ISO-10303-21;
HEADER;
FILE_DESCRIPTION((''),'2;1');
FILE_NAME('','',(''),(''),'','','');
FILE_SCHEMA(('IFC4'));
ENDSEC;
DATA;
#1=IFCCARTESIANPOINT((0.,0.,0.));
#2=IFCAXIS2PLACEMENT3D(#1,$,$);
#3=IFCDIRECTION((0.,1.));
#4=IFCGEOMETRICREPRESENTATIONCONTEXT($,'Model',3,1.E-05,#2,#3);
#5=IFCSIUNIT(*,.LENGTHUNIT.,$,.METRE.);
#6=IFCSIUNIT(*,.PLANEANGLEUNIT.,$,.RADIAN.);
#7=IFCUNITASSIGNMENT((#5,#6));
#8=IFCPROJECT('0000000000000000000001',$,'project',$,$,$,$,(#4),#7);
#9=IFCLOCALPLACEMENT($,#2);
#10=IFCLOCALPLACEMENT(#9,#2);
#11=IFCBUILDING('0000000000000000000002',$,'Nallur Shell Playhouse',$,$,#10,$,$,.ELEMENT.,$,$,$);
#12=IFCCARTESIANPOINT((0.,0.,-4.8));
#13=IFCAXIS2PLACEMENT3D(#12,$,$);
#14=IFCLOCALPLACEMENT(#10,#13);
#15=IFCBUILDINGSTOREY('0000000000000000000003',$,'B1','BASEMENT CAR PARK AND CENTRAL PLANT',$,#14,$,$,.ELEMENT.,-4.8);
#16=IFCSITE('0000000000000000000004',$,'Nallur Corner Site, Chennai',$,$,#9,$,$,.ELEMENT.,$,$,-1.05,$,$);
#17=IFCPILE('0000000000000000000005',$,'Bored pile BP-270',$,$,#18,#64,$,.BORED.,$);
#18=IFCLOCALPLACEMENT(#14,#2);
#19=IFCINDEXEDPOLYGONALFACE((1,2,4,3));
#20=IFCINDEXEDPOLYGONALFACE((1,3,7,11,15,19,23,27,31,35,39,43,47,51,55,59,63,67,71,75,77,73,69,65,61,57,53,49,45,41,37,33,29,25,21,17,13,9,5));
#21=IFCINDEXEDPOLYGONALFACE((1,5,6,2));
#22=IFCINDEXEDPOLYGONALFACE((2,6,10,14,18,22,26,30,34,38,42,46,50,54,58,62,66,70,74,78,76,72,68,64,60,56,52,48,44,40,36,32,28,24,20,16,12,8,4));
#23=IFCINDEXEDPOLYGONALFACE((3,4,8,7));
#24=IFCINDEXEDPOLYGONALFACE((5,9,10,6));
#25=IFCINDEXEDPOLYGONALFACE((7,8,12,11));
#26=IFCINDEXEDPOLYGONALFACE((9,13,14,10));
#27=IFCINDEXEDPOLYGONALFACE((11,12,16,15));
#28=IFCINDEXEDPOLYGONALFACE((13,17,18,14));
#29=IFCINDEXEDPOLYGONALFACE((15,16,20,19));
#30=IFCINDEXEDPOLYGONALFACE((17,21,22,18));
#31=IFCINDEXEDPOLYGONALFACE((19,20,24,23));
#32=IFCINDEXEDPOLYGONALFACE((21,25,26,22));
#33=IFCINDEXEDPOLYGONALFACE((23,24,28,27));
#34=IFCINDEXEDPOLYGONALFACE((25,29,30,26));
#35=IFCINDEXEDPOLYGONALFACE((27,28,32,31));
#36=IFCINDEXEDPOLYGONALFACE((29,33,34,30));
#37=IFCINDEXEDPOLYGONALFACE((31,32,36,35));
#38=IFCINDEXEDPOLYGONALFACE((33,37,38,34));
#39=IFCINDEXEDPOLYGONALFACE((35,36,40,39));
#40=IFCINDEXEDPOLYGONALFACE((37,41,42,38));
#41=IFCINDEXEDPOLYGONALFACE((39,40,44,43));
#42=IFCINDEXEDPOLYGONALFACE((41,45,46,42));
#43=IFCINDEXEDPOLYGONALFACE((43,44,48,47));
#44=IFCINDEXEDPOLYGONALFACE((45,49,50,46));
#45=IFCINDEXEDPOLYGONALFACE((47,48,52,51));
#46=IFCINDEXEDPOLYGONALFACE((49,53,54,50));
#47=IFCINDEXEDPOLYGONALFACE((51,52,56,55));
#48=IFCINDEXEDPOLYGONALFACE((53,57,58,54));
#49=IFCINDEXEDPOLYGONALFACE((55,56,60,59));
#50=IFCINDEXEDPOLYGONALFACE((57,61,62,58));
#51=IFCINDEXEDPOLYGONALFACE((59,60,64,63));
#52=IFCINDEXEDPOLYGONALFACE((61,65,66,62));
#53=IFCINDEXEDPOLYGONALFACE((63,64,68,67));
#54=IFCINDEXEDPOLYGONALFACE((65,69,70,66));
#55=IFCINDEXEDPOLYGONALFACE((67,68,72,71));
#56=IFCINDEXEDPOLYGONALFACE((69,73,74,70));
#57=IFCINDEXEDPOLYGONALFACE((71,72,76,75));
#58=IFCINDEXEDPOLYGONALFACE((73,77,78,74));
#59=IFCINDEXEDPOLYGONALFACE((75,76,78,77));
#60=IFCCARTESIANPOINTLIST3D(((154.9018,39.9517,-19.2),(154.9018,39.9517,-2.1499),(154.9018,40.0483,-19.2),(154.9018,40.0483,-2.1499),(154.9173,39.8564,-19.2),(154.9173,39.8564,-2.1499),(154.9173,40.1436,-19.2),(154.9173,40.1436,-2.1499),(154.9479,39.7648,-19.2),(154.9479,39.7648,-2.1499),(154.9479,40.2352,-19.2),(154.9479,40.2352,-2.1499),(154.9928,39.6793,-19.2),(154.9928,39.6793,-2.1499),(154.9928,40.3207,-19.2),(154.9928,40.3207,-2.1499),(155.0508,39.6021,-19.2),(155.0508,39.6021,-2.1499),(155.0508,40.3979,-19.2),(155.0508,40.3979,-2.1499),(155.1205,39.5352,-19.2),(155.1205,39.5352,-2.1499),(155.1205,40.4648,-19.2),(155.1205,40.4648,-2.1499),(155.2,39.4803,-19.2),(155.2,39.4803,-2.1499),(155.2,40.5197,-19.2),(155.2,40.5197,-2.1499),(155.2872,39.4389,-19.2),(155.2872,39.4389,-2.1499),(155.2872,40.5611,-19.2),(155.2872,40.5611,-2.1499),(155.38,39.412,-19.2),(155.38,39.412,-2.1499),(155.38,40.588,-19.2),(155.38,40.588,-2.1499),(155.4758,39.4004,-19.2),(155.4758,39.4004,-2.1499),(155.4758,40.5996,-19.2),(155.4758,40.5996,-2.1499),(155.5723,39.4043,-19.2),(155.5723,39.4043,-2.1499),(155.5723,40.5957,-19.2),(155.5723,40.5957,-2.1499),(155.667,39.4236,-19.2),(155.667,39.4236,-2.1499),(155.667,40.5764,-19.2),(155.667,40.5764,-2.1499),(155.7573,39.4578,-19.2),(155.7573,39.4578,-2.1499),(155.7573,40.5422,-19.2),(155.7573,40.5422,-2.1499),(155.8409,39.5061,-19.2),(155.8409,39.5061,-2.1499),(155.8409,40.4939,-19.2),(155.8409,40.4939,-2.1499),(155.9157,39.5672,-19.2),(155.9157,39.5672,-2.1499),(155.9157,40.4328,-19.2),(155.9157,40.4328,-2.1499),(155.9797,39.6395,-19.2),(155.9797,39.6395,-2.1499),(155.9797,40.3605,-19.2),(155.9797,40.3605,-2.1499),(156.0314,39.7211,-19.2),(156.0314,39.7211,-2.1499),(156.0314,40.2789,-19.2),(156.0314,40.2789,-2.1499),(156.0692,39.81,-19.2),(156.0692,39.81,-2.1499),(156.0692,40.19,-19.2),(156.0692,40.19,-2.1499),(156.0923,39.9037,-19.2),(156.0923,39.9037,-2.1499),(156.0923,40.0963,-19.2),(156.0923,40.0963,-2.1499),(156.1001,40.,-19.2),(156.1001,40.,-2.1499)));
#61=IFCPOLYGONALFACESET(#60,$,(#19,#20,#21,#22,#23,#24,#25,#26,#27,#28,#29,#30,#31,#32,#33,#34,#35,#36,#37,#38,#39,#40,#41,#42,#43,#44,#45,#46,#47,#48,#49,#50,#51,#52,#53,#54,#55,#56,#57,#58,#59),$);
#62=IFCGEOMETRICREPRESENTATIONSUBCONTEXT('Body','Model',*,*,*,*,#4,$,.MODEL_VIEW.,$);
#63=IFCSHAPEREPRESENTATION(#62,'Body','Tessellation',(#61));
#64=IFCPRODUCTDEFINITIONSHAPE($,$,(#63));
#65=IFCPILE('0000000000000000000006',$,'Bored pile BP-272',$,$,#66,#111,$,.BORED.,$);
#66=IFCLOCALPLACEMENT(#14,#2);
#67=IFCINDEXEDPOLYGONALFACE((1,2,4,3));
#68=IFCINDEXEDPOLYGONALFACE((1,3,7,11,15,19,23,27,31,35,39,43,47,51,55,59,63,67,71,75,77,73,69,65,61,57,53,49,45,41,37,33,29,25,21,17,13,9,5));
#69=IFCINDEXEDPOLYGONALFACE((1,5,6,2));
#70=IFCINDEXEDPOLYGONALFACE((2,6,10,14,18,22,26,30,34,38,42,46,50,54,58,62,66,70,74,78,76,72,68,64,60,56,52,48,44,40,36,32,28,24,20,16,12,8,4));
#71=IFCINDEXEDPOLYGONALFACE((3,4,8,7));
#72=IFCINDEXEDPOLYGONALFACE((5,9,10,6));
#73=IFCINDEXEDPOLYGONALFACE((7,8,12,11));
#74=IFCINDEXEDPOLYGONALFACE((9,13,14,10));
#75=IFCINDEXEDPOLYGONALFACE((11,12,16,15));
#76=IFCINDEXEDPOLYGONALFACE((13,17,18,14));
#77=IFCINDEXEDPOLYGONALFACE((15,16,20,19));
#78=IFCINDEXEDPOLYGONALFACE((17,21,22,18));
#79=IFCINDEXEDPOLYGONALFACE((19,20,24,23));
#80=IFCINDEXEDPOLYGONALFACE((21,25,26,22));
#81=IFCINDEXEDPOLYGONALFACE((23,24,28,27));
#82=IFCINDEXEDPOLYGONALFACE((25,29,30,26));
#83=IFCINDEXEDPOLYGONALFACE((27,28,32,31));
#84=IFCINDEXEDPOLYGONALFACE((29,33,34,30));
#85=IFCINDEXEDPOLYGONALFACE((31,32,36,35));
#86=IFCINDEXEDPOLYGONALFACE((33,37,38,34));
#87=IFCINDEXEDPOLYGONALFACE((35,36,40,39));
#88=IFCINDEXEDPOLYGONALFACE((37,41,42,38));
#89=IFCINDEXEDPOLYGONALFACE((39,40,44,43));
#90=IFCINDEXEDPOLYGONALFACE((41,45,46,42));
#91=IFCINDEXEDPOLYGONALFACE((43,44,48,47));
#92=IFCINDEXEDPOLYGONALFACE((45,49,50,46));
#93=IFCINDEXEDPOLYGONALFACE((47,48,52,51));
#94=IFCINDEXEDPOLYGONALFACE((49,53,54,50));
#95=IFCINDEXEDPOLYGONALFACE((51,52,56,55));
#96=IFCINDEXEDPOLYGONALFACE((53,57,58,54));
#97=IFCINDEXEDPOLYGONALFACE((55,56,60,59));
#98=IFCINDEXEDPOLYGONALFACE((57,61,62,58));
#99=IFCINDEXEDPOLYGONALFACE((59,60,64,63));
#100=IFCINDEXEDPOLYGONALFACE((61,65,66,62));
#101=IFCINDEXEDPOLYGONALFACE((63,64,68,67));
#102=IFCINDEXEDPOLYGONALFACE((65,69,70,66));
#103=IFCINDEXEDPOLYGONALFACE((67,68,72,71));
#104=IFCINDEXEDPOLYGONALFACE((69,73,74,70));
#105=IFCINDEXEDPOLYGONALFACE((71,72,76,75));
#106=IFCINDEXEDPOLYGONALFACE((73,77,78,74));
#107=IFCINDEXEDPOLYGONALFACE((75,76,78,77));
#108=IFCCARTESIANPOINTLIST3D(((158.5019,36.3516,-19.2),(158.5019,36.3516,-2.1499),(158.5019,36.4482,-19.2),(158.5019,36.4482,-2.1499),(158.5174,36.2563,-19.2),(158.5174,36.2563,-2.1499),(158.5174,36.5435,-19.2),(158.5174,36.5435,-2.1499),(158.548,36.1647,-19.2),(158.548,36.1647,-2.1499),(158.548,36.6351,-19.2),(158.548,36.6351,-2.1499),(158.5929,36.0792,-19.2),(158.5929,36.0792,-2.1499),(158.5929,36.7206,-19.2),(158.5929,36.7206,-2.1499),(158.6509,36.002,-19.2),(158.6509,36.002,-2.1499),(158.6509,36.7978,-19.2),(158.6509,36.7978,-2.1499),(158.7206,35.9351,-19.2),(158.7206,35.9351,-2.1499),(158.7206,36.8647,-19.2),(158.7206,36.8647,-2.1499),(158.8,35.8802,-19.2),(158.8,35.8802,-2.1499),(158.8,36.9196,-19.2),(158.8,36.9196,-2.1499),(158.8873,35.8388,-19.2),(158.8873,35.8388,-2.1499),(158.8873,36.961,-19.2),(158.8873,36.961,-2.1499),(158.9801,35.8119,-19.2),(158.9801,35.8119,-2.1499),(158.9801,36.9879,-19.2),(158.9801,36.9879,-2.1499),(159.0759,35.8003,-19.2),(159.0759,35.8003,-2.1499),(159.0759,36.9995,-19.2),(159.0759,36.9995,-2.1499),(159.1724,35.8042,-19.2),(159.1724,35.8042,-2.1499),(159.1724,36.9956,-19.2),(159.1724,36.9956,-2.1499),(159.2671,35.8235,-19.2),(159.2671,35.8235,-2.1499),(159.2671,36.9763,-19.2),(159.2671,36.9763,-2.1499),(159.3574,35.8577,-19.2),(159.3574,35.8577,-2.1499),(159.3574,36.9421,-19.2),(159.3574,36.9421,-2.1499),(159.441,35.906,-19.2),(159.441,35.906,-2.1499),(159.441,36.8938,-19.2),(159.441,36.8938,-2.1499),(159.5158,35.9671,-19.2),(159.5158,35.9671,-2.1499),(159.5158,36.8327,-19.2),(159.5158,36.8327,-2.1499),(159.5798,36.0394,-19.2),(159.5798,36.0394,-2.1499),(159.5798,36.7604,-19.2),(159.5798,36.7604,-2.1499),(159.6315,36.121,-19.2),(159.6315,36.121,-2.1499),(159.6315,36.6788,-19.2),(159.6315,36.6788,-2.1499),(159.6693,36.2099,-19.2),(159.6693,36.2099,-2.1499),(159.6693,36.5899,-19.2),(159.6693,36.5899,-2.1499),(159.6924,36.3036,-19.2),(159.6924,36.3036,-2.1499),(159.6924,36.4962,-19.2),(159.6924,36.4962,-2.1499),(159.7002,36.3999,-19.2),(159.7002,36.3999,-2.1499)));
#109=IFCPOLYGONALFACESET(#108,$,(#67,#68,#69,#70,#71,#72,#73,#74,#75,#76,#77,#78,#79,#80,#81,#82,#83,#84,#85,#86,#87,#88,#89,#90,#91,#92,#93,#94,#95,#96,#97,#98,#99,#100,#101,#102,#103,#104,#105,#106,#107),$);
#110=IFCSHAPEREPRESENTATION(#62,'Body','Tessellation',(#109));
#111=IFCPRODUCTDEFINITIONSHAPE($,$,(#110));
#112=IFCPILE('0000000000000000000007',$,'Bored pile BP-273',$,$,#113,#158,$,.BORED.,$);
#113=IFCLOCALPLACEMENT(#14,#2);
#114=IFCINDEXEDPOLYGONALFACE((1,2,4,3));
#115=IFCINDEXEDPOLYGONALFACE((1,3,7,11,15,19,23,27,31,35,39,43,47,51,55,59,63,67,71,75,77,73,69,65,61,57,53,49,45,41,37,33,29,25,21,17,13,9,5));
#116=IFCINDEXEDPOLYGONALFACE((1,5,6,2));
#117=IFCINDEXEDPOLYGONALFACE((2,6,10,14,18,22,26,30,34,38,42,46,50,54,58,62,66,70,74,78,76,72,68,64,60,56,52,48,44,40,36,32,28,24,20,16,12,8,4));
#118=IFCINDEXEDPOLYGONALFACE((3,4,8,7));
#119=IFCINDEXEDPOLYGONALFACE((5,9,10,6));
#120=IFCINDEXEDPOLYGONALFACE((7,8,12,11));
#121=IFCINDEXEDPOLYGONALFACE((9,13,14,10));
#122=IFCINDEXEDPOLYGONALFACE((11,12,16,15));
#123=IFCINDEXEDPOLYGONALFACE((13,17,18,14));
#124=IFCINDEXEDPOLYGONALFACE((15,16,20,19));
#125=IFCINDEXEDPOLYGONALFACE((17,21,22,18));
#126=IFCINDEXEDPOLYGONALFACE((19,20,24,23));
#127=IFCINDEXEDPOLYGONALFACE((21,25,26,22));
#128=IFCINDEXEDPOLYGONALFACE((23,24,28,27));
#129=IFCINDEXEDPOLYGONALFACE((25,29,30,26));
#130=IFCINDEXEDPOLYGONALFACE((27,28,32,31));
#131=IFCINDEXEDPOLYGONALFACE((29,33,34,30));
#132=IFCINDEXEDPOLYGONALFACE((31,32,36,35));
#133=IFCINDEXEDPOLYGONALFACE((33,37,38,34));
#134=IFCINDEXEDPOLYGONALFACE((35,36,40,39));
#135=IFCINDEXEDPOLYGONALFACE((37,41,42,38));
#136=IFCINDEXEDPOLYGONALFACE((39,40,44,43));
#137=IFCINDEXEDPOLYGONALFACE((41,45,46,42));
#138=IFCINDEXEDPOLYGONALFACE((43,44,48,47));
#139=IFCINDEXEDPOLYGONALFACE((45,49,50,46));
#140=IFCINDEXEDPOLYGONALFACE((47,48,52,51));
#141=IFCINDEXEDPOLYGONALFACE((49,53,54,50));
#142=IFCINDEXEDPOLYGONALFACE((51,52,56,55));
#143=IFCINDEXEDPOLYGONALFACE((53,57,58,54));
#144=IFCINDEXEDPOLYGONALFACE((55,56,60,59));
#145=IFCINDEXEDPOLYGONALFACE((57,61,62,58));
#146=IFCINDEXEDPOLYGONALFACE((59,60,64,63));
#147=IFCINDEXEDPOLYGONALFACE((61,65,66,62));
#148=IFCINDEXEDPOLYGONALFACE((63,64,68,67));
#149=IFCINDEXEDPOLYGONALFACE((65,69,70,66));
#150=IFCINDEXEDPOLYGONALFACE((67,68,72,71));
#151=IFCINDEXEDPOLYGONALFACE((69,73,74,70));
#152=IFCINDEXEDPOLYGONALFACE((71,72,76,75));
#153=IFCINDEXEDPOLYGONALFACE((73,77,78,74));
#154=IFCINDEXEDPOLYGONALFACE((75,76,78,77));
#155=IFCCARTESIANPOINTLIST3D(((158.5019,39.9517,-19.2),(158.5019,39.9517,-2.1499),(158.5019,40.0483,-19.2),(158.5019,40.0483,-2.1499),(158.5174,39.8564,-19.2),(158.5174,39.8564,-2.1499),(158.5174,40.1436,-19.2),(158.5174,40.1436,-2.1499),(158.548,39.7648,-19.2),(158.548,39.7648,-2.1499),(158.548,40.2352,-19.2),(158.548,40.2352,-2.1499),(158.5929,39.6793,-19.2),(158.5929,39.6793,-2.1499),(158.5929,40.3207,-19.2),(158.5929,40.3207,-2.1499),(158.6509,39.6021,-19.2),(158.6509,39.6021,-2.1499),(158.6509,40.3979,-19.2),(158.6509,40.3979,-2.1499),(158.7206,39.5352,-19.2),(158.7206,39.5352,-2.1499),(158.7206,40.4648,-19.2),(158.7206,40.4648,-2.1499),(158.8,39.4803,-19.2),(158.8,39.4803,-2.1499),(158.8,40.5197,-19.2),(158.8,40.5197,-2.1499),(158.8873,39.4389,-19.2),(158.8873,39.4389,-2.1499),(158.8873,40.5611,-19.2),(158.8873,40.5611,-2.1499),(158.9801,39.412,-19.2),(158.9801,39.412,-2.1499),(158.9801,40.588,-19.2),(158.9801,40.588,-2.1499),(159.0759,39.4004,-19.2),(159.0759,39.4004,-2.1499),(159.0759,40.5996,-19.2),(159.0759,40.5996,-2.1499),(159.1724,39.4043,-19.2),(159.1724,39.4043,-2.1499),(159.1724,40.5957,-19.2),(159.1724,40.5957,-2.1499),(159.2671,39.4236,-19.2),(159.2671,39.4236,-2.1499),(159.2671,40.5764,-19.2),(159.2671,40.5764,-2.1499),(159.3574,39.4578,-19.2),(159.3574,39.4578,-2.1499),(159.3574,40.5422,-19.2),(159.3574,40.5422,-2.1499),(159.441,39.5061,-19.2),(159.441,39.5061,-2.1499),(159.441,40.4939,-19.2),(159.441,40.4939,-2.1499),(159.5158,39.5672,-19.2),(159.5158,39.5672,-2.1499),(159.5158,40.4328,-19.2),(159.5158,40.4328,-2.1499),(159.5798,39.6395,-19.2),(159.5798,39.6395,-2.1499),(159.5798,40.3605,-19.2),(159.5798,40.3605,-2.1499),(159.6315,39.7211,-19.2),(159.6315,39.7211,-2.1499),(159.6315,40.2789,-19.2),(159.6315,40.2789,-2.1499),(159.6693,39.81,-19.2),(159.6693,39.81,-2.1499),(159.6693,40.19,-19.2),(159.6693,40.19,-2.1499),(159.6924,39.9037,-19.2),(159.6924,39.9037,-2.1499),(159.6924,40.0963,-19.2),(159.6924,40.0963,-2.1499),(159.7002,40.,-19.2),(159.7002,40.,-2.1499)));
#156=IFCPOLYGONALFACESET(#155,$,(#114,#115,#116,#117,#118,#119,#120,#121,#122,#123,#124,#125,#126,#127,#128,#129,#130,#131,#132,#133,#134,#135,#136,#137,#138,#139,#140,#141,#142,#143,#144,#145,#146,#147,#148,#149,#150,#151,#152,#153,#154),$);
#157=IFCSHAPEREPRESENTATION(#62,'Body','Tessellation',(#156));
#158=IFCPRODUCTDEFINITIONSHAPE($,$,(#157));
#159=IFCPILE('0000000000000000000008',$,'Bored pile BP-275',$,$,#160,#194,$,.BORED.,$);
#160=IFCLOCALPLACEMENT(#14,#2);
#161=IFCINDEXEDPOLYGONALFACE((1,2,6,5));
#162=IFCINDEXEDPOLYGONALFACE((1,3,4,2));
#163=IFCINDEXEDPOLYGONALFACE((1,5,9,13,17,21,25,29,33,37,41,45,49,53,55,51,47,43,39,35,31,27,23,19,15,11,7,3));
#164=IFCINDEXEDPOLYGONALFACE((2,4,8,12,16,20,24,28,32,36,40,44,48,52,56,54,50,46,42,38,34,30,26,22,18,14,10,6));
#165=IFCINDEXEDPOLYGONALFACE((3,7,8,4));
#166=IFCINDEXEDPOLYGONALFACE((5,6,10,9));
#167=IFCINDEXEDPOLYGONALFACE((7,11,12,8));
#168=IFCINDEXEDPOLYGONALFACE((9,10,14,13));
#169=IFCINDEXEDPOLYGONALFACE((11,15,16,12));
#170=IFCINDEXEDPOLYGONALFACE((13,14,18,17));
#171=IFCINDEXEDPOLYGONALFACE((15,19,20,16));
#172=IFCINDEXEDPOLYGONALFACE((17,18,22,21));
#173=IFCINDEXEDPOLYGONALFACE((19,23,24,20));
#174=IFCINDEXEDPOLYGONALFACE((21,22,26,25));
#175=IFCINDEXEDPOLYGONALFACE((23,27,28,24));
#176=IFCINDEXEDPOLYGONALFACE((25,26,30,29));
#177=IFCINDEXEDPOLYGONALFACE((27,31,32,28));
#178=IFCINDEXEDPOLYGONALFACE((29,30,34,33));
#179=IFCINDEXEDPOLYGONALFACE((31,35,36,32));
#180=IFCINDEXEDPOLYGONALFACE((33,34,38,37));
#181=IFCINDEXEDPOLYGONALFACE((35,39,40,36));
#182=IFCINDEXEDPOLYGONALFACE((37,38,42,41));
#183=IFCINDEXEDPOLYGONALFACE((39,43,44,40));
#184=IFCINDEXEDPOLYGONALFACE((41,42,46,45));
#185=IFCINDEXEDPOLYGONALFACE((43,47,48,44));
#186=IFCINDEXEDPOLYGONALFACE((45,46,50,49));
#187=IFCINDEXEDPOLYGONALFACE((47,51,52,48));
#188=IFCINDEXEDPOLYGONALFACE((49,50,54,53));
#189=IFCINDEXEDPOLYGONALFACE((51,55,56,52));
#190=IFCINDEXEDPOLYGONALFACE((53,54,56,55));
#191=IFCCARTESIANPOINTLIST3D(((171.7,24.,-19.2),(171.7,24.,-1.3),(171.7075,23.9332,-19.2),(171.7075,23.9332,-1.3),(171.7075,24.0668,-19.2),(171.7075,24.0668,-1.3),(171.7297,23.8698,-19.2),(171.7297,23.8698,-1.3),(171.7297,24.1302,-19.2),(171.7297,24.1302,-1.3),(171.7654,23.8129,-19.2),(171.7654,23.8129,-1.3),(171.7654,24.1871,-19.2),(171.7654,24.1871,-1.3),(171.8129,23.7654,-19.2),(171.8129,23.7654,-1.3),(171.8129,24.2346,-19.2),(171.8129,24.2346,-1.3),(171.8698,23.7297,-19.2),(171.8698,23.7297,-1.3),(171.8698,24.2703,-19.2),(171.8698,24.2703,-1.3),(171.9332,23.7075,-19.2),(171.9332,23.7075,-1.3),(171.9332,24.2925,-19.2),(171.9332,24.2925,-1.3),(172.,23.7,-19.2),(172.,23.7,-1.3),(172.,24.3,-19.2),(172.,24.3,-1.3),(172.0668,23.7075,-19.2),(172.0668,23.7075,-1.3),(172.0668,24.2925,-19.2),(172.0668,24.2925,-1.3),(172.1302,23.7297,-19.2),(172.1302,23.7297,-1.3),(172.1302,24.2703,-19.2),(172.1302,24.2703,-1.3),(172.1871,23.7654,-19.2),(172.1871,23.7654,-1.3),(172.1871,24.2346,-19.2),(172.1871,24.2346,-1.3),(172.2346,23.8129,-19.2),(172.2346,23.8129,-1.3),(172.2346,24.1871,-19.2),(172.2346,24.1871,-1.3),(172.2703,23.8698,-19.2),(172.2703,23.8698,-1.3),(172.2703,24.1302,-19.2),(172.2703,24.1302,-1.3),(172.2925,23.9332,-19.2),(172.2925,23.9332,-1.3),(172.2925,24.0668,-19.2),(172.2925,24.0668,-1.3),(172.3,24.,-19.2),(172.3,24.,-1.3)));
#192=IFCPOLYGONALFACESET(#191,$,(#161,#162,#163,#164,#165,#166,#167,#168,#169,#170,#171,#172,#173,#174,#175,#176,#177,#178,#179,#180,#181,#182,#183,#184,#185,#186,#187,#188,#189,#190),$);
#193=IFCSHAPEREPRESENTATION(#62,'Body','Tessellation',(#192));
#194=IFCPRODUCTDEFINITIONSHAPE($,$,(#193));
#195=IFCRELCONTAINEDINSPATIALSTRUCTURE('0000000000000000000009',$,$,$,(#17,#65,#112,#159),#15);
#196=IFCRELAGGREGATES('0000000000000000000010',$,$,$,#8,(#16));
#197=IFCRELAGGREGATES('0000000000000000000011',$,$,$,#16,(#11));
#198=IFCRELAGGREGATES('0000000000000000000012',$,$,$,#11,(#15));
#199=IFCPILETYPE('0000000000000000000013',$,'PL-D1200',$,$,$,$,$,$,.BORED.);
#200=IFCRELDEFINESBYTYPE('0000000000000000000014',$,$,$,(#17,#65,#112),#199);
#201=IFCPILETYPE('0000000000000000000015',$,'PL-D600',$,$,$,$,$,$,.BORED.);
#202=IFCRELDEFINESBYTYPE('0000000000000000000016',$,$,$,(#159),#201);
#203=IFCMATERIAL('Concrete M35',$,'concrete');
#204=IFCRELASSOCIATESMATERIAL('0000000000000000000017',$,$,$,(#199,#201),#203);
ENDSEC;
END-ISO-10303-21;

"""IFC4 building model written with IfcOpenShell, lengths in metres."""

from ifc_helpers import new_model, si_unit, direction, frame, origin, origin_2d, place, context, subcontext, project, spatial, circle, extrude, material, material_profile, profile_set, type_object, element, save


model = new_model("IFC4")

# Units and contexts
model_context = context("Model", 3, precision=1e-05, world=origin(), true_north=direction((0.0, 1.0)))
body_context = subcontext(model_context, "Body", "Model", "MODEL_VIEW")
ifc_project = project(units=[si_unit("LENGTHUNIT", "METRE"), si_unit("PLANEANGLEUNIT", "RADIAN")], contexts=[model_context])

# Site, building, storey
site_placement = place(None, origin())
site = spatial("IfcSite", under=ifc_project, at=site_placement, Name="Nallur Corner Site, Chennai", CompositionType="ELEMENT", RefElevation=-1.05)
building_placement = place(site_placement, origin())
building = spatial("IfcBuilding", under=site, at=building_placement, Name="Nallur Shell Playhouse", CompositionType="ELEMENT")
storey_placement = place(building_placement, frame((0.0, 0.0, -4.8)))
storey = spatial("IfcBuildingStorey", under=building, at=storey_placement, Name="B1", Description="BASEMENT CAR PARK AND CENTRAL PLANT", CompositionType="ELEMENT", Elevation=-4.8)

# Shared definitions
ifc_material_1 = material(Name="Concrete M35", Category="concrete")

# Piles
ifc_material_profile_1 = material_profile(ifc_material_1, circle(Radius=0.6001, at=origin_2d()), Name="BORED PILE D1200")
ifc_profile_set_1 = profile_set([ifc_material_profile_1], Name="Concrete M35")
pile_type_1 = type_object("IfcPileType", Name="PL-D1200", PredefinedType="BORED", material=ifc_profile_set_1)
for number, where, z_axis, x_axis, name in (
    (1, (155.5, 40.0, -2.1499), (0.0, 0.0, -1.0), (1.0, 0.0, 0.0), "Bored pile BP-270"),
    (2, (159.1001, 36.3999, -2.1499), (0.0, 0.0, -1.0), (1.0, 0.0, 0.0), "Bored pile BP-272"),
    (3, (159.1001, 40.0, -2.1499), (0.0, 0.0, -1.0), (1.0, 0.0, 0.0), "Bored pile BP-273"),
):
    element("IfcPile", number, at=place(storey_placement, frame(where, z_axis=z_axis, x_axis=x_axis)), inside=storey, type_object=pile_type_1, Name=name, PredefinedType="BORED", context=body_context, shape_type="SweptSolid", body=[
        extrude(circle(Radius=0.6001, at=origin_2d()), origin(), (0.0, 0.0, 1.0), 17.05),
    ])
ifc_material_profile_2 = material_profile(ifc_material_1, circle(Radius=0.3, at=origin_2d()), Name="BORED PILE D600")
ifc_profile_set_2 = profile_set([ifc_material_profile_2], Name="Concrete M35")
pile_type_2 = type_object("IfcPileType", Name="PL-D600", PredefinedType="BORED", material=ifc_profile_set_2)
pile_1_placement = place(storey_placement, frame((172.0, 24.0, -1.3), z_axis=(0.0, 0.0, -1.0), x_axis=(1.0, 0.0, 0.0)))
element("IfcPile", 4, at=pile_1_placement, inside=storey, type_object=pile_type_2, Name="Bored pile BP-275", PredefinedType="BORED", context=body_context, shape_type="SweptSolid", body=[
    extrude(circle(Radius=0.3, at=origin_2d()), origin(), (0.0, 0.0, 1.0), 17.8999),
])

save(model, "model.ifc")
